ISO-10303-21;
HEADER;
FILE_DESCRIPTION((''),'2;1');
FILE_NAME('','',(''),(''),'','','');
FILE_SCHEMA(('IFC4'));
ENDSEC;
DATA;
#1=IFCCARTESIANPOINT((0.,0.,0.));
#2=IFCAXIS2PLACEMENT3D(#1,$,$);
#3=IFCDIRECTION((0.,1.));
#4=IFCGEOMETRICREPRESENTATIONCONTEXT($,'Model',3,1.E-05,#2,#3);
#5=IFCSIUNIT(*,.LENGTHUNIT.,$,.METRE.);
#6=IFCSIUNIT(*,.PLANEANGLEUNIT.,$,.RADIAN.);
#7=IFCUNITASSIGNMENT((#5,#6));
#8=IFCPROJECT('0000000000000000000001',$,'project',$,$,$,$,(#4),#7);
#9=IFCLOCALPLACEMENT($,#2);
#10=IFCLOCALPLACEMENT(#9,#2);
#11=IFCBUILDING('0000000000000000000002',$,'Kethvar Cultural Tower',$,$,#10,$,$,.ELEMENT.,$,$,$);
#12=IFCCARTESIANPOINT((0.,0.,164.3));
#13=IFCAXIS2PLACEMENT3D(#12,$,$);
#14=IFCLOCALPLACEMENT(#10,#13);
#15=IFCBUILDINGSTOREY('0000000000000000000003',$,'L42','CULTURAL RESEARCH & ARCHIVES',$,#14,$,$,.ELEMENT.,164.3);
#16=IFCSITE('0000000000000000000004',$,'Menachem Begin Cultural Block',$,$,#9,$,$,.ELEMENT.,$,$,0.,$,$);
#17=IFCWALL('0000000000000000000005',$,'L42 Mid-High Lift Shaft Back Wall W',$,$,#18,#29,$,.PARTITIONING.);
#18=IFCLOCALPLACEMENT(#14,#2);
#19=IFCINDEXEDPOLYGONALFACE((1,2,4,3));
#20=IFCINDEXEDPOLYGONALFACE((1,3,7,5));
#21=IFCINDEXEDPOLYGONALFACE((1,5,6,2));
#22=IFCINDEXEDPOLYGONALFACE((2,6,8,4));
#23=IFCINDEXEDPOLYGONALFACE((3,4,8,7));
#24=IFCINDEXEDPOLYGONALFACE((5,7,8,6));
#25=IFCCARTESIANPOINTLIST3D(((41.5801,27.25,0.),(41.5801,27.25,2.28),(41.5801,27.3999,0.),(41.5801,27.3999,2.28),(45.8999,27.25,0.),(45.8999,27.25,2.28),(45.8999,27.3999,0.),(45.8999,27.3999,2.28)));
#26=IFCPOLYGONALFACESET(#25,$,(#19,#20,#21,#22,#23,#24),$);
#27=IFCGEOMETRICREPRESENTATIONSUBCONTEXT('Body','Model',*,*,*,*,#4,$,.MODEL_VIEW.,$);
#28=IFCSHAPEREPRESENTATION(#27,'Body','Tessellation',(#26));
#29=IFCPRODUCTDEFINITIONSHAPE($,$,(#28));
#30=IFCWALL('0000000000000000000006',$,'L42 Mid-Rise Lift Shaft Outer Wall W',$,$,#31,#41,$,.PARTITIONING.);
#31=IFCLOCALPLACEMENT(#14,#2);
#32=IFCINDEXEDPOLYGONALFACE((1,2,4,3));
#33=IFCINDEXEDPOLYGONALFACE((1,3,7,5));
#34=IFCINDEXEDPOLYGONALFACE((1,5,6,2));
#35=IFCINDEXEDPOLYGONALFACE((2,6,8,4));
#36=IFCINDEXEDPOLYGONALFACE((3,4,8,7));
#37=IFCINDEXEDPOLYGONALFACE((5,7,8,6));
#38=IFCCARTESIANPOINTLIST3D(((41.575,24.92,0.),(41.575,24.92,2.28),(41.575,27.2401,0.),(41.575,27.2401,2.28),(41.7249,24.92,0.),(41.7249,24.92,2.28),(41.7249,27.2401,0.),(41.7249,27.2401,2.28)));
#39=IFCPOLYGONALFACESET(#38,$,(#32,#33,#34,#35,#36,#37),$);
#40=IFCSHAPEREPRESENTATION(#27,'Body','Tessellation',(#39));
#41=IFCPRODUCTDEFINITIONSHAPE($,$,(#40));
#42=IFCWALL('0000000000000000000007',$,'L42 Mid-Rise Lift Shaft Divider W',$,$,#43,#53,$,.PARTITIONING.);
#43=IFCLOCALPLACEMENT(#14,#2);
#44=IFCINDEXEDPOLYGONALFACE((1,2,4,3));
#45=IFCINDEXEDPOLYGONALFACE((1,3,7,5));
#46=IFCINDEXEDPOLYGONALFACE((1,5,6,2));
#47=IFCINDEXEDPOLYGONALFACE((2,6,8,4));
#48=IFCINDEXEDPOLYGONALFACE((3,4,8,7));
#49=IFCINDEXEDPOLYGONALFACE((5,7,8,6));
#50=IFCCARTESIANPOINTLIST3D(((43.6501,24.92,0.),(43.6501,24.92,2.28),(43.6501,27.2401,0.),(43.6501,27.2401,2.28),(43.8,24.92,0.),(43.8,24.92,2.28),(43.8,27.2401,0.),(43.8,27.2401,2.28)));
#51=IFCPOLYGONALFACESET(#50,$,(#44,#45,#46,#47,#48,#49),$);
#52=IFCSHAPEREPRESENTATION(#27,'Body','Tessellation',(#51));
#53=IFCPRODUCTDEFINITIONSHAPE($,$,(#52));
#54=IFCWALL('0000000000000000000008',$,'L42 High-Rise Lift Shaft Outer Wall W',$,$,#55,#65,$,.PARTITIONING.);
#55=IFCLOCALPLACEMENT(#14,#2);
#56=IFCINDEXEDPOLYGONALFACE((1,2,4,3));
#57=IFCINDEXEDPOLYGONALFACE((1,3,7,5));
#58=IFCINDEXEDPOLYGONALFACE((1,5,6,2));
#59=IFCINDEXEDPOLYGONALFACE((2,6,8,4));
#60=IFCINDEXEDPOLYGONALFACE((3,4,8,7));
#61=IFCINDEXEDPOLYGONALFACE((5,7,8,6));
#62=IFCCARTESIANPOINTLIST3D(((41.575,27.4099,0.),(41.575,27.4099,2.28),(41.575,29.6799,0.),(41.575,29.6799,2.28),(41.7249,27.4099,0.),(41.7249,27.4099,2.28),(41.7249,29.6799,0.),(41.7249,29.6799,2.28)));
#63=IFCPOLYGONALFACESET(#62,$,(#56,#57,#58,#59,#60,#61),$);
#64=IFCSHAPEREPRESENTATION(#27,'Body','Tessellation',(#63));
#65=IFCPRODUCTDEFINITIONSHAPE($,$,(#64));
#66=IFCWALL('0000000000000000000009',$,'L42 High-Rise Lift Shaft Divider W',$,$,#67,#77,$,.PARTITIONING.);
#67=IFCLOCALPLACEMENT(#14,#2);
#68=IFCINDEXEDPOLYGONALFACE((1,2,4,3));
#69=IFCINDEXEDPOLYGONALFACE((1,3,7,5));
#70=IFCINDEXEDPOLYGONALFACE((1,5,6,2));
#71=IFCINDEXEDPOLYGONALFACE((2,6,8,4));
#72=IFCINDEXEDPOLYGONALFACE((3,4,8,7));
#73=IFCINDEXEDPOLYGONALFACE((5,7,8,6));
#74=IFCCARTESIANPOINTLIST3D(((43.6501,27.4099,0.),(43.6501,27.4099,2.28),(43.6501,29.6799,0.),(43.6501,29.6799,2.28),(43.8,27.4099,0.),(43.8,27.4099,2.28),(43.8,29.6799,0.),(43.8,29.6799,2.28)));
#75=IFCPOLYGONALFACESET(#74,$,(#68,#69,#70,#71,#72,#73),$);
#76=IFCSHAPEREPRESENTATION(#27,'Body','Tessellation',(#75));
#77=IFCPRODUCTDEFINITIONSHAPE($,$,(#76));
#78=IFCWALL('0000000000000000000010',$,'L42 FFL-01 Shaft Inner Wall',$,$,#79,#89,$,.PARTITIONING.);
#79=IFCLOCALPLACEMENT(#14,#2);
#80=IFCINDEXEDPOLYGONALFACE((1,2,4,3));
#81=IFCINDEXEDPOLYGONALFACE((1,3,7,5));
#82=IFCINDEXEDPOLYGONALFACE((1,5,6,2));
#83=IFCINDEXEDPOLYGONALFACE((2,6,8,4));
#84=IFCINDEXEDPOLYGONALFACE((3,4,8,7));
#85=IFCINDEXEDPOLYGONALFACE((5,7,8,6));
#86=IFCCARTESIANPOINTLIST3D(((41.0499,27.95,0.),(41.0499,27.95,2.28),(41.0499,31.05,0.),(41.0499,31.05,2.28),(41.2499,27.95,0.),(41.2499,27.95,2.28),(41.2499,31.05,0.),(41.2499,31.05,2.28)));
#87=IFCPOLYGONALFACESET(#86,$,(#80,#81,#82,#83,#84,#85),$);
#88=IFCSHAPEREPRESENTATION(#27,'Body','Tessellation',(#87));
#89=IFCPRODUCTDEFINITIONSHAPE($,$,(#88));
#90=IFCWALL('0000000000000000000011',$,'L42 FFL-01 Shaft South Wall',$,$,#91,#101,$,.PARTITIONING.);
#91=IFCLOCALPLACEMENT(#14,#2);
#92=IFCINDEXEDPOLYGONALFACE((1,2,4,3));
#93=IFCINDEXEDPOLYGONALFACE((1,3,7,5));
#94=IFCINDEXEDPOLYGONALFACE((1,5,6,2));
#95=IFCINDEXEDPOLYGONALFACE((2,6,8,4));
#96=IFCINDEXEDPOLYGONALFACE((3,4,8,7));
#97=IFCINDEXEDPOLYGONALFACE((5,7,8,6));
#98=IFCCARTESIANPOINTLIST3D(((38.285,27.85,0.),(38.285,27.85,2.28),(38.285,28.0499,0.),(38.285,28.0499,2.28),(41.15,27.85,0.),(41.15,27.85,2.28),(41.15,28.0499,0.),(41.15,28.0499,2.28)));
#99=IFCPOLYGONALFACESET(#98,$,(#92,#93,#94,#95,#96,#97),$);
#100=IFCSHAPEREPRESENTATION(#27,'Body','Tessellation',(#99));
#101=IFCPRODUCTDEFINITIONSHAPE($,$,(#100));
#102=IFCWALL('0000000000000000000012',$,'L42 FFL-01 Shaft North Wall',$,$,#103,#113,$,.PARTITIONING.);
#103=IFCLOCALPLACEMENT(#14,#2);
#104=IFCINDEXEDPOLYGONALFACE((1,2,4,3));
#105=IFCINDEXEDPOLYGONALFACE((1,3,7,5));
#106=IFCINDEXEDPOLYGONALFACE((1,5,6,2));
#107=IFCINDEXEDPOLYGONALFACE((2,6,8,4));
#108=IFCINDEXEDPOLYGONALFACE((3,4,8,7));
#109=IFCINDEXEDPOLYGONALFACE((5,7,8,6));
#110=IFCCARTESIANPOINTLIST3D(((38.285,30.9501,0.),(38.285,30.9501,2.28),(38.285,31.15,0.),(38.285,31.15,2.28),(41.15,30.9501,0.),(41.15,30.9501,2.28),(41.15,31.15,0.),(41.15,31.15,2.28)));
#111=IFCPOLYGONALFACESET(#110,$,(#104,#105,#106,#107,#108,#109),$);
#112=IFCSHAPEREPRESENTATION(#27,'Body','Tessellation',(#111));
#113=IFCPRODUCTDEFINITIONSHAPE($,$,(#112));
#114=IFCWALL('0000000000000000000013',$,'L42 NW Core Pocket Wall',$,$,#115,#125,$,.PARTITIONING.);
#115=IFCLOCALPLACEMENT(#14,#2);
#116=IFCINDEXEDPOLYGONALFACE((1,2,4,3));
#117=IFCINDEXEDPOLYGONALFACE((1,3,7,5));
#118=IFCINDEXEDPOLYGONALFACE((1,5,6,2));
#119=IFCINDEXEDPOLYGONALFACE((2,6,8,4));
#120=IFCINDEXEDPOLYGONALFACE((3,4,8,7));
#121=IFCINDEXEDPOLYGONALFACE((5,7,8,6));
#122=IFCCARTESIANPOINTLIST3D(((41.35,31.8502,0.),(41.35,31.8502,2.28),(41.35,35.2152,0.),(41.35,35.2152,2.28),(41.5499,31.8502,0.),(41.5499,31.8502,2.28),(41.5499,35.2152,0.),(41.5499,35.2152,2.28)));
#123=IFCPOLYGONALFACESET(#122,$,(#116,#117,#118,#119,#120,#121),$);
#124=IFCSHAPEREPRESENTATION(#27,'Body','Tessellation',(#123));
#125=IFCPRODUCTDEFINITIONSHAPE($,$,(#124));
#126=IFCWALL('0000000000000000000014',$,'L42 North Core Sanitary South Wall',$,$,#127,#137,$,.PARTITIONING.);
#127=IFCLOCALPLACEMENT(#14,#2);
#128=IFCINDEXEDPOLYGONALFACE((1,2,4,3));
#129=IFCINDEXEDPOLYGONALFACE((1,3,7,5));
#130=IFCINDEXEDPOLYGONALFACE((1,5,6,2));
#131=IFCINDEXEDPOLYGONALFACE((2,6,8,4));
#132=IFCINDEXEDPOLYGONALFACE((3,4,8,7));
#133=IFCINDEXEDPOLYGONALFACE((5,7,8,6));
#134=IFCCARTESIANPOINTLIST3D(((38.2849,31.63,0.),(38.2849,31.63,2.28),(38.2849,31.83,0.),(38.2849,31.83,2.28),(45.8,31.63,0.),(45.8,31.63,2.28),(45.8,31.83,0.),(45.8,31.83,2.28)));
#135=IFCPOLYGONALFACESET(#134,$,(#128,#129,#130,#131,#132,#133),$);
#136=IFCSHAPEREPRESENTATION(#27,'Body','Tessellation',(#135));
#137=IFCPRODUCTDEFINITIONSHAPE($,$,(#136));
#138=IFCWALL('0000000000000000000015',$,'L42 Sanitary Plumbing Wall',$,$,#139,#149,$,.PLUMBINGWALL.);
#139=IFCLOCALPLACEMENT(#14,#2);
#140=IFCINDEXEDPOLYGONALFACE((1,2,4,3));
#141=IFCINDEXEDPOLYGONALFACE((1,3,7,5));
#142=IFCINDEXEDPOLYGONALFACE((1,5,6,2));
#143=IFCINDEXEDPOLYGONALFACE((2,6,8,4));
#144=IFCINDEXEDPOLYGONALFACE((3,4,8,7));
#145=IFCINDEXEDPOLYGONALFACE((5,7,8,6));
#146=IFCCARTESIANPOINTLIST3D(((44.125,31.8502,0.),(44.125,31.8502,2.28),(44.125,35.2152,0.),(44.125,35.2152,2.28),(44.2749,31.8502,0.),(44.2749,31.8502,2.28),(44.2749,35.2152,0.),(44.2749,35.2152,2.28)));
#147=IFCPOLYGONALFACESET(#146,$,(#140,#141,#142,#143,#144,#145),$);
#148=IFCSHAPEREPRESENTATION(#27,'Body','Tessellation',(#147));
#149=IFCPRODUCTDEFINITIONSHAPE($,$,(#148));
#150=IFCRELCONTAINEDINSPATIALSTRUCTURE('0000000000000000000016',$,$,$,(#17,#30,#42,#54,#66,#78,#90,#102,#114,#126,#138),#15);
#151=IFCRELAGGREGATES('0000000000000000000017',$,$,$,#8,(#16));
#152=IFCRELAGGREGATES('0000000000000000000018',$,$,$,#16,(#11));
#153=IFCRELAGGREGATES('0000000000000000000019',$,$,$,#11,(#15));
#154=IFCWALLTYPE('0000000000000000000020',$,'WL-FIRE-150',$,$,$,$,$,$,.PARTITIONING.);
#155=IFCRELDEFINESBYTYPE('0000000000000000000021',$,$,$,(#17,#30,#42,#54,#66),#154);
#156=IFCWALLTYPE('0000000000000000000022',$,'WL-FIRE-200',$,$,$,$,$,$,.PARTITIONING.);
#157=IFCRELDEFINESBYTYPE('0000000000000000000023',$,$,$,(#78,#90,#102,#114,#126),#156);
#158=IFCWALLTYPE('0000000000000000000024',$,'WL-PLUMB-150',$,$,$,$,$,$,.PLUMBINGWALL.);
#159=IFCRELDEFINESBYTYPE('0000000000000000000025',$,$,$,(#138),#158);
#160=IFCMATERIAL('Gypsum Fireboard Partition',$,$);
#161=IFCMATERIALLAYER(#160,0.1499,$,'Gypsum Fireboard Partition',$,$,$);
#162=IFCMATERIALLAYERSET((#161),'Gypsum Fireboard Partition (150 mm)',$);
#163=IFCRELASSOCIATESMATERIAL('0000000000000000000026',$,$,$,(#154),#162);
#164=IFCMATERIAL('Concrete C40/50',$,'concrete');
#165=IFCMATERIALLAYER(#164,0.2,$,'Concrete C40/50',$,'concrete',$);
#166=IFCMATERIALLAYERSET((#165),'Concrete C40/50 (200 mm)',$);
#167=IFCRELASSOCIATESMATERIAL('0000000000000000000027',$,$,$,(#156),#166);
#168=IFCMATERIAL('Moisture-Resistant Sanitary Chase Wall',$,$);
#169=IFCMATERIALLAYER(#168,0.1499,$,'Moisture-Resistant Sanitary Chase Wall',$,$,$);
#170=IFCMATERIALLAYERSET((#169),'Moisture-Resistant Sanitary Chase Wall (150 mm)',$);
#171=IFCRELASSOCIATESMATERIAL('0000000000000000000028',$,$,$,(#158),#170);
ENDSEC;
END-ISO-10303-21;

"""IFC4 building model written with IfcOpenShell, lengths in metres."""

from ifc_helpers import new_model, si_unit, direction, frame, frame_2d, origin, place, context, subcontext, project, spatial, rectangle, extrude, material, layer, layer_set, type_object, element, save


model = new_model("IFC4")

# Units and contexts
model_context = context("Model", 3, precision=1e-05, world=origin(), true_north=direction((0.0, 1.0)))
body_context = subcontext(model_context, "Body", "Model", "MODEL_VIEW")
ifc_project = project(units=[si_unit("LENGTHUNIT", "METRE"), si_unit("PLANEANGLEUNIT", "RADIAN")], contexts=[model_context])

# Site, building, storey
site_placement = place(None, origin())
site = spatial("IfcSite", under=ifc_project, at=site_placement, Name="Menachem Begin Cultural Block", CompositionType="ELEMENT", RefElevation=0.0)
building_placement = place(site_placement, origin())
building = spatial("IfcBuilding", under=site, at=building_placement, Name="Kethvar Cultural Tower", CompositionType="ELEMENT")
storey_placement = place(building_placement, frame((0.0, 0.0, 164.3)))
storey = spatial("IfcBuildingStorey", under=building, at=storey_placement, Name="L42", Description="CULTURAL RESEARCH & ARCHIVES", CompositionType="ELEMENT", Elevation=164.3)

# Walls
ifc_material_1 = material(Name="Gypsum Fireboard Partition")
ifc_layer_1 = layer(ifc_material_1, 0.1499, Name="Gypsum Fireboard Partition")
ifc_layer_set_1 = layer_set([ifc_layer_1], Name="Gypsum Fireboard Partition (150 mm)")
wall_type_1 = type_object("IfcWallType", Name="WL-FIRE-150", PredefinedType="PARTITIONING", material=ifc_layer_set_1)
wall_1_placement = place(storey_placement, frame((41.5801, 27.325, 0.0), z_axis=(0.0, 0.0, 1.0), x_axis=(1.0, 0.0, 0.0)))
element("IfcWall", 1, at=wall_1_placement, inside=storey, type_object=wall_type_1, Name="L42 Mid-High Lift Shaft Back Wall W", PredefinedType="PARTITIONING", context=body_context, shape_type="SweptSolid", body=[
    extrude(rectangle(XDim=4.3198, YDim=0.1499, at=frame_2d((2.1599, 0.0))), origin(), (0.0, 0.0, 1.0), 2.28),
])
for number, where, z_axis, x_axis, name in (
    (2, (41.6499, 24.9199, 0.0), (0.0, 0.0, 1.0), (0.0, 1.0, 0.0), "L42 Mid-Rise Lift Shaft Outer Wall W"),
    (3, (43.7251, 24.9199, 0.0), (0.0, 0.0, 1.0), (0.0, 1.0, 0.0), "L42 Mid-Rise Lift Shaft Divider W"),
):
    element("IfcWall", number, at=place(storey_placement, frame(where, z_axis=z_axis, x_axis=x_axis)), inside=storey, type_object=wall_type_1, Name=name, PredefinedType="PARTITIONING", context=body_context, shape_type="SweptSolid", body=[
        extrude(rectangle(XDim=2.3201, YDim=0.1499, at=frame_2d((1.1602, 0.0))), origin(), (0.0, 0.0, 1.0), 2.28),
    ])
for number, where, z_axis, x_axis, name in (
    (4, (41.6499, 27.4099, 0.0), (0.0, 0.0, 1.0), (0.0, 1.0, 0.0), "L42 High-Rise Lift Shaft Outer Wall W"),
    (5, (43.7251, 27.4099, 0.0), (0.0, 0.0, 1.0), (0.0, 1.0, 0.0), "L42 High-Rise Lift Shaft Divider W"),
):
    element("IfcWall", number, at=place(storey_placement, frame(where, z_axis=z_axis, x_axis=x_axis)), inside=storey, type_object=wall_type_1, Name=name, PredefinedType="PARTITIONING", context=body_context, shape_type="SweptSolid", body=[
        extrude(rectangle(XDim=2.27, YDim=0.1499, at=frame_2d((1.135, 0.0))), origin(), (0.0, 0.0, 1.0), 2.28),
    ])
ifc_material_2 = material(Name="Concrete C40/50", Category="concrete")
ifc_layer_2 = layer(ifc_material_2, 0.2, Name="Concrete C40/50", Category="concrete")
ifc_layer_set_2 = layer_set([ifc_layer_2], Name="Concrete C40/50 (200 mm)")
wall_type_2 = type_object("IfcWallType", Name="WL-FIRE-200", PredefinedType="PARTITIONING", material=ifc_layer_set_2)
wall_2_placement = place(storey_placement, frame((41.1499, 27.95, 0.0), z_axis=(0.0, 0.0, 1.0), x_axis=(0.0, 1.0, 0.0)))
element("IfcWall", 6, at=wall_2_placement, inside=storey, type_object=wall_type_2, Name="L42 FFL-01 Shaft Inner Wall", PredefinedType="PARTITIONING", context=body_context, shape_type="SweptSolid", body=[
    extrude(rectangle(XDim=3.1001, YDim=0.2, at=frame_2d((1.55, 0.0))), origin(), (0.0, 0.0, 1.0), 2.28),
])
for number, where, z_axis, x_axis, name in (
    (7, (38.2849, 27.95, 0.0), (0.0, 0.0, 1.0), (1.0, 0.0, 0.0), "L42 FFL-01 Shaft South Wall"),
    (8, (38.2849, 31.05, 0.0), (0.0, 0.0, 1.0), (1.0, 0.0, 0.0), "L42 FFL-01 Shaft North Wall"),
):
    element("IfcWall", number, at=place(storey_placement, frame(where, z_axis=z_axis, x_axis=x_axis)), inside=storey, type_object=wall_type_2, Name=name, PredefinedType="PARTITIONING", context=body_context, shape_type="SweptSolid", body=[
        extrude(rectangle(XDim=2.865, YDim=0.2, at=frame_2d((1.4326, 0.0))), origin(), (0.0, 0.0, 1.0), 2.28),
    ])
wall_3_placement = place(storey_placement, frame((41.45, 31.8501, 0.0), z_axis=(0.0, 0.0, 1.0), x_axis=(0.0, 1.0, 0.0)))
element("IfcWall", 9, at=wall_3_placement, inside=storey, type_object=wall_type_2, Name="L42 NW Core Pocket Wall", PredefinedType="PARTITIONING", context=body_context, shape_type="SweptSolid", body=[
    extrude(rectangle(XDim=3.365, YDim=0.2, at=frame_2d((1.6826, 0.0))), origin(), (0.0, 0.0, 1.0), 2.28),
])
wall_4_placement = place(storey_placement, frame((38.2849, 31.73, 0.0), z_axis=(0.0, 0.0, 1.0), x_axis=(1.0, 0.0, 0.0)))
element("IfcWall", 10, at=wall_4_placement, inside=storey, type_object=wall_type_2, Name="L42 North Core Sanitary South Wall", PredefinedType="PARTITIONING", context=body_context, shape_type="SweptSolid", body=[
    extrude(rectangle(XDim=7.5151, YDim=0.2, at=frame_2d((3.7576, 0.0))), origin(), (0.0, 0.0, 1.0), 2.28),
])
ifc_material_3 = material(Name="Moisture-Resistant Sanitary Chase Wall")
ifc_layer_3 = layer(ifc_material_3, 0.1499, Name="Moisture-Resistant Sanitary Chase Wall")
ifc_layer_set_3 = layer_set([ifc_layer_3], Name="Moisture-Resistant Sanitary Chase Wall (150 mm)")
wall_type_3 = type_object("IfcWallType", Name="WL-PLUMB-150", PredefinedType="PLUMBINGWALL", material=ifc_layer_set_3)
wall_5_placement = place(storey_placement, frame((44.2, 31.8501, 0.0), z_axis=(0.0, 0.0, 1.0), x_axis=(0.0, 1.0, 0.0)))
element("IfcWall", 11, at=wall_5_placement, inside=storey, type_object=wall_type_3, Name="L42 Sanitary Plumbing Wall", PredefinedType="PLUMBINGWALL", context=body_context, shape_type="SweptSolid", body=[
    extrude(rectangle(XDim=3.365, YDim=0.1499, at=frame_2d((1.6826, 0.0))), origin(), (0.0, 0.0, 1.0), 2.28),
])

save(model, "model.ifc")
